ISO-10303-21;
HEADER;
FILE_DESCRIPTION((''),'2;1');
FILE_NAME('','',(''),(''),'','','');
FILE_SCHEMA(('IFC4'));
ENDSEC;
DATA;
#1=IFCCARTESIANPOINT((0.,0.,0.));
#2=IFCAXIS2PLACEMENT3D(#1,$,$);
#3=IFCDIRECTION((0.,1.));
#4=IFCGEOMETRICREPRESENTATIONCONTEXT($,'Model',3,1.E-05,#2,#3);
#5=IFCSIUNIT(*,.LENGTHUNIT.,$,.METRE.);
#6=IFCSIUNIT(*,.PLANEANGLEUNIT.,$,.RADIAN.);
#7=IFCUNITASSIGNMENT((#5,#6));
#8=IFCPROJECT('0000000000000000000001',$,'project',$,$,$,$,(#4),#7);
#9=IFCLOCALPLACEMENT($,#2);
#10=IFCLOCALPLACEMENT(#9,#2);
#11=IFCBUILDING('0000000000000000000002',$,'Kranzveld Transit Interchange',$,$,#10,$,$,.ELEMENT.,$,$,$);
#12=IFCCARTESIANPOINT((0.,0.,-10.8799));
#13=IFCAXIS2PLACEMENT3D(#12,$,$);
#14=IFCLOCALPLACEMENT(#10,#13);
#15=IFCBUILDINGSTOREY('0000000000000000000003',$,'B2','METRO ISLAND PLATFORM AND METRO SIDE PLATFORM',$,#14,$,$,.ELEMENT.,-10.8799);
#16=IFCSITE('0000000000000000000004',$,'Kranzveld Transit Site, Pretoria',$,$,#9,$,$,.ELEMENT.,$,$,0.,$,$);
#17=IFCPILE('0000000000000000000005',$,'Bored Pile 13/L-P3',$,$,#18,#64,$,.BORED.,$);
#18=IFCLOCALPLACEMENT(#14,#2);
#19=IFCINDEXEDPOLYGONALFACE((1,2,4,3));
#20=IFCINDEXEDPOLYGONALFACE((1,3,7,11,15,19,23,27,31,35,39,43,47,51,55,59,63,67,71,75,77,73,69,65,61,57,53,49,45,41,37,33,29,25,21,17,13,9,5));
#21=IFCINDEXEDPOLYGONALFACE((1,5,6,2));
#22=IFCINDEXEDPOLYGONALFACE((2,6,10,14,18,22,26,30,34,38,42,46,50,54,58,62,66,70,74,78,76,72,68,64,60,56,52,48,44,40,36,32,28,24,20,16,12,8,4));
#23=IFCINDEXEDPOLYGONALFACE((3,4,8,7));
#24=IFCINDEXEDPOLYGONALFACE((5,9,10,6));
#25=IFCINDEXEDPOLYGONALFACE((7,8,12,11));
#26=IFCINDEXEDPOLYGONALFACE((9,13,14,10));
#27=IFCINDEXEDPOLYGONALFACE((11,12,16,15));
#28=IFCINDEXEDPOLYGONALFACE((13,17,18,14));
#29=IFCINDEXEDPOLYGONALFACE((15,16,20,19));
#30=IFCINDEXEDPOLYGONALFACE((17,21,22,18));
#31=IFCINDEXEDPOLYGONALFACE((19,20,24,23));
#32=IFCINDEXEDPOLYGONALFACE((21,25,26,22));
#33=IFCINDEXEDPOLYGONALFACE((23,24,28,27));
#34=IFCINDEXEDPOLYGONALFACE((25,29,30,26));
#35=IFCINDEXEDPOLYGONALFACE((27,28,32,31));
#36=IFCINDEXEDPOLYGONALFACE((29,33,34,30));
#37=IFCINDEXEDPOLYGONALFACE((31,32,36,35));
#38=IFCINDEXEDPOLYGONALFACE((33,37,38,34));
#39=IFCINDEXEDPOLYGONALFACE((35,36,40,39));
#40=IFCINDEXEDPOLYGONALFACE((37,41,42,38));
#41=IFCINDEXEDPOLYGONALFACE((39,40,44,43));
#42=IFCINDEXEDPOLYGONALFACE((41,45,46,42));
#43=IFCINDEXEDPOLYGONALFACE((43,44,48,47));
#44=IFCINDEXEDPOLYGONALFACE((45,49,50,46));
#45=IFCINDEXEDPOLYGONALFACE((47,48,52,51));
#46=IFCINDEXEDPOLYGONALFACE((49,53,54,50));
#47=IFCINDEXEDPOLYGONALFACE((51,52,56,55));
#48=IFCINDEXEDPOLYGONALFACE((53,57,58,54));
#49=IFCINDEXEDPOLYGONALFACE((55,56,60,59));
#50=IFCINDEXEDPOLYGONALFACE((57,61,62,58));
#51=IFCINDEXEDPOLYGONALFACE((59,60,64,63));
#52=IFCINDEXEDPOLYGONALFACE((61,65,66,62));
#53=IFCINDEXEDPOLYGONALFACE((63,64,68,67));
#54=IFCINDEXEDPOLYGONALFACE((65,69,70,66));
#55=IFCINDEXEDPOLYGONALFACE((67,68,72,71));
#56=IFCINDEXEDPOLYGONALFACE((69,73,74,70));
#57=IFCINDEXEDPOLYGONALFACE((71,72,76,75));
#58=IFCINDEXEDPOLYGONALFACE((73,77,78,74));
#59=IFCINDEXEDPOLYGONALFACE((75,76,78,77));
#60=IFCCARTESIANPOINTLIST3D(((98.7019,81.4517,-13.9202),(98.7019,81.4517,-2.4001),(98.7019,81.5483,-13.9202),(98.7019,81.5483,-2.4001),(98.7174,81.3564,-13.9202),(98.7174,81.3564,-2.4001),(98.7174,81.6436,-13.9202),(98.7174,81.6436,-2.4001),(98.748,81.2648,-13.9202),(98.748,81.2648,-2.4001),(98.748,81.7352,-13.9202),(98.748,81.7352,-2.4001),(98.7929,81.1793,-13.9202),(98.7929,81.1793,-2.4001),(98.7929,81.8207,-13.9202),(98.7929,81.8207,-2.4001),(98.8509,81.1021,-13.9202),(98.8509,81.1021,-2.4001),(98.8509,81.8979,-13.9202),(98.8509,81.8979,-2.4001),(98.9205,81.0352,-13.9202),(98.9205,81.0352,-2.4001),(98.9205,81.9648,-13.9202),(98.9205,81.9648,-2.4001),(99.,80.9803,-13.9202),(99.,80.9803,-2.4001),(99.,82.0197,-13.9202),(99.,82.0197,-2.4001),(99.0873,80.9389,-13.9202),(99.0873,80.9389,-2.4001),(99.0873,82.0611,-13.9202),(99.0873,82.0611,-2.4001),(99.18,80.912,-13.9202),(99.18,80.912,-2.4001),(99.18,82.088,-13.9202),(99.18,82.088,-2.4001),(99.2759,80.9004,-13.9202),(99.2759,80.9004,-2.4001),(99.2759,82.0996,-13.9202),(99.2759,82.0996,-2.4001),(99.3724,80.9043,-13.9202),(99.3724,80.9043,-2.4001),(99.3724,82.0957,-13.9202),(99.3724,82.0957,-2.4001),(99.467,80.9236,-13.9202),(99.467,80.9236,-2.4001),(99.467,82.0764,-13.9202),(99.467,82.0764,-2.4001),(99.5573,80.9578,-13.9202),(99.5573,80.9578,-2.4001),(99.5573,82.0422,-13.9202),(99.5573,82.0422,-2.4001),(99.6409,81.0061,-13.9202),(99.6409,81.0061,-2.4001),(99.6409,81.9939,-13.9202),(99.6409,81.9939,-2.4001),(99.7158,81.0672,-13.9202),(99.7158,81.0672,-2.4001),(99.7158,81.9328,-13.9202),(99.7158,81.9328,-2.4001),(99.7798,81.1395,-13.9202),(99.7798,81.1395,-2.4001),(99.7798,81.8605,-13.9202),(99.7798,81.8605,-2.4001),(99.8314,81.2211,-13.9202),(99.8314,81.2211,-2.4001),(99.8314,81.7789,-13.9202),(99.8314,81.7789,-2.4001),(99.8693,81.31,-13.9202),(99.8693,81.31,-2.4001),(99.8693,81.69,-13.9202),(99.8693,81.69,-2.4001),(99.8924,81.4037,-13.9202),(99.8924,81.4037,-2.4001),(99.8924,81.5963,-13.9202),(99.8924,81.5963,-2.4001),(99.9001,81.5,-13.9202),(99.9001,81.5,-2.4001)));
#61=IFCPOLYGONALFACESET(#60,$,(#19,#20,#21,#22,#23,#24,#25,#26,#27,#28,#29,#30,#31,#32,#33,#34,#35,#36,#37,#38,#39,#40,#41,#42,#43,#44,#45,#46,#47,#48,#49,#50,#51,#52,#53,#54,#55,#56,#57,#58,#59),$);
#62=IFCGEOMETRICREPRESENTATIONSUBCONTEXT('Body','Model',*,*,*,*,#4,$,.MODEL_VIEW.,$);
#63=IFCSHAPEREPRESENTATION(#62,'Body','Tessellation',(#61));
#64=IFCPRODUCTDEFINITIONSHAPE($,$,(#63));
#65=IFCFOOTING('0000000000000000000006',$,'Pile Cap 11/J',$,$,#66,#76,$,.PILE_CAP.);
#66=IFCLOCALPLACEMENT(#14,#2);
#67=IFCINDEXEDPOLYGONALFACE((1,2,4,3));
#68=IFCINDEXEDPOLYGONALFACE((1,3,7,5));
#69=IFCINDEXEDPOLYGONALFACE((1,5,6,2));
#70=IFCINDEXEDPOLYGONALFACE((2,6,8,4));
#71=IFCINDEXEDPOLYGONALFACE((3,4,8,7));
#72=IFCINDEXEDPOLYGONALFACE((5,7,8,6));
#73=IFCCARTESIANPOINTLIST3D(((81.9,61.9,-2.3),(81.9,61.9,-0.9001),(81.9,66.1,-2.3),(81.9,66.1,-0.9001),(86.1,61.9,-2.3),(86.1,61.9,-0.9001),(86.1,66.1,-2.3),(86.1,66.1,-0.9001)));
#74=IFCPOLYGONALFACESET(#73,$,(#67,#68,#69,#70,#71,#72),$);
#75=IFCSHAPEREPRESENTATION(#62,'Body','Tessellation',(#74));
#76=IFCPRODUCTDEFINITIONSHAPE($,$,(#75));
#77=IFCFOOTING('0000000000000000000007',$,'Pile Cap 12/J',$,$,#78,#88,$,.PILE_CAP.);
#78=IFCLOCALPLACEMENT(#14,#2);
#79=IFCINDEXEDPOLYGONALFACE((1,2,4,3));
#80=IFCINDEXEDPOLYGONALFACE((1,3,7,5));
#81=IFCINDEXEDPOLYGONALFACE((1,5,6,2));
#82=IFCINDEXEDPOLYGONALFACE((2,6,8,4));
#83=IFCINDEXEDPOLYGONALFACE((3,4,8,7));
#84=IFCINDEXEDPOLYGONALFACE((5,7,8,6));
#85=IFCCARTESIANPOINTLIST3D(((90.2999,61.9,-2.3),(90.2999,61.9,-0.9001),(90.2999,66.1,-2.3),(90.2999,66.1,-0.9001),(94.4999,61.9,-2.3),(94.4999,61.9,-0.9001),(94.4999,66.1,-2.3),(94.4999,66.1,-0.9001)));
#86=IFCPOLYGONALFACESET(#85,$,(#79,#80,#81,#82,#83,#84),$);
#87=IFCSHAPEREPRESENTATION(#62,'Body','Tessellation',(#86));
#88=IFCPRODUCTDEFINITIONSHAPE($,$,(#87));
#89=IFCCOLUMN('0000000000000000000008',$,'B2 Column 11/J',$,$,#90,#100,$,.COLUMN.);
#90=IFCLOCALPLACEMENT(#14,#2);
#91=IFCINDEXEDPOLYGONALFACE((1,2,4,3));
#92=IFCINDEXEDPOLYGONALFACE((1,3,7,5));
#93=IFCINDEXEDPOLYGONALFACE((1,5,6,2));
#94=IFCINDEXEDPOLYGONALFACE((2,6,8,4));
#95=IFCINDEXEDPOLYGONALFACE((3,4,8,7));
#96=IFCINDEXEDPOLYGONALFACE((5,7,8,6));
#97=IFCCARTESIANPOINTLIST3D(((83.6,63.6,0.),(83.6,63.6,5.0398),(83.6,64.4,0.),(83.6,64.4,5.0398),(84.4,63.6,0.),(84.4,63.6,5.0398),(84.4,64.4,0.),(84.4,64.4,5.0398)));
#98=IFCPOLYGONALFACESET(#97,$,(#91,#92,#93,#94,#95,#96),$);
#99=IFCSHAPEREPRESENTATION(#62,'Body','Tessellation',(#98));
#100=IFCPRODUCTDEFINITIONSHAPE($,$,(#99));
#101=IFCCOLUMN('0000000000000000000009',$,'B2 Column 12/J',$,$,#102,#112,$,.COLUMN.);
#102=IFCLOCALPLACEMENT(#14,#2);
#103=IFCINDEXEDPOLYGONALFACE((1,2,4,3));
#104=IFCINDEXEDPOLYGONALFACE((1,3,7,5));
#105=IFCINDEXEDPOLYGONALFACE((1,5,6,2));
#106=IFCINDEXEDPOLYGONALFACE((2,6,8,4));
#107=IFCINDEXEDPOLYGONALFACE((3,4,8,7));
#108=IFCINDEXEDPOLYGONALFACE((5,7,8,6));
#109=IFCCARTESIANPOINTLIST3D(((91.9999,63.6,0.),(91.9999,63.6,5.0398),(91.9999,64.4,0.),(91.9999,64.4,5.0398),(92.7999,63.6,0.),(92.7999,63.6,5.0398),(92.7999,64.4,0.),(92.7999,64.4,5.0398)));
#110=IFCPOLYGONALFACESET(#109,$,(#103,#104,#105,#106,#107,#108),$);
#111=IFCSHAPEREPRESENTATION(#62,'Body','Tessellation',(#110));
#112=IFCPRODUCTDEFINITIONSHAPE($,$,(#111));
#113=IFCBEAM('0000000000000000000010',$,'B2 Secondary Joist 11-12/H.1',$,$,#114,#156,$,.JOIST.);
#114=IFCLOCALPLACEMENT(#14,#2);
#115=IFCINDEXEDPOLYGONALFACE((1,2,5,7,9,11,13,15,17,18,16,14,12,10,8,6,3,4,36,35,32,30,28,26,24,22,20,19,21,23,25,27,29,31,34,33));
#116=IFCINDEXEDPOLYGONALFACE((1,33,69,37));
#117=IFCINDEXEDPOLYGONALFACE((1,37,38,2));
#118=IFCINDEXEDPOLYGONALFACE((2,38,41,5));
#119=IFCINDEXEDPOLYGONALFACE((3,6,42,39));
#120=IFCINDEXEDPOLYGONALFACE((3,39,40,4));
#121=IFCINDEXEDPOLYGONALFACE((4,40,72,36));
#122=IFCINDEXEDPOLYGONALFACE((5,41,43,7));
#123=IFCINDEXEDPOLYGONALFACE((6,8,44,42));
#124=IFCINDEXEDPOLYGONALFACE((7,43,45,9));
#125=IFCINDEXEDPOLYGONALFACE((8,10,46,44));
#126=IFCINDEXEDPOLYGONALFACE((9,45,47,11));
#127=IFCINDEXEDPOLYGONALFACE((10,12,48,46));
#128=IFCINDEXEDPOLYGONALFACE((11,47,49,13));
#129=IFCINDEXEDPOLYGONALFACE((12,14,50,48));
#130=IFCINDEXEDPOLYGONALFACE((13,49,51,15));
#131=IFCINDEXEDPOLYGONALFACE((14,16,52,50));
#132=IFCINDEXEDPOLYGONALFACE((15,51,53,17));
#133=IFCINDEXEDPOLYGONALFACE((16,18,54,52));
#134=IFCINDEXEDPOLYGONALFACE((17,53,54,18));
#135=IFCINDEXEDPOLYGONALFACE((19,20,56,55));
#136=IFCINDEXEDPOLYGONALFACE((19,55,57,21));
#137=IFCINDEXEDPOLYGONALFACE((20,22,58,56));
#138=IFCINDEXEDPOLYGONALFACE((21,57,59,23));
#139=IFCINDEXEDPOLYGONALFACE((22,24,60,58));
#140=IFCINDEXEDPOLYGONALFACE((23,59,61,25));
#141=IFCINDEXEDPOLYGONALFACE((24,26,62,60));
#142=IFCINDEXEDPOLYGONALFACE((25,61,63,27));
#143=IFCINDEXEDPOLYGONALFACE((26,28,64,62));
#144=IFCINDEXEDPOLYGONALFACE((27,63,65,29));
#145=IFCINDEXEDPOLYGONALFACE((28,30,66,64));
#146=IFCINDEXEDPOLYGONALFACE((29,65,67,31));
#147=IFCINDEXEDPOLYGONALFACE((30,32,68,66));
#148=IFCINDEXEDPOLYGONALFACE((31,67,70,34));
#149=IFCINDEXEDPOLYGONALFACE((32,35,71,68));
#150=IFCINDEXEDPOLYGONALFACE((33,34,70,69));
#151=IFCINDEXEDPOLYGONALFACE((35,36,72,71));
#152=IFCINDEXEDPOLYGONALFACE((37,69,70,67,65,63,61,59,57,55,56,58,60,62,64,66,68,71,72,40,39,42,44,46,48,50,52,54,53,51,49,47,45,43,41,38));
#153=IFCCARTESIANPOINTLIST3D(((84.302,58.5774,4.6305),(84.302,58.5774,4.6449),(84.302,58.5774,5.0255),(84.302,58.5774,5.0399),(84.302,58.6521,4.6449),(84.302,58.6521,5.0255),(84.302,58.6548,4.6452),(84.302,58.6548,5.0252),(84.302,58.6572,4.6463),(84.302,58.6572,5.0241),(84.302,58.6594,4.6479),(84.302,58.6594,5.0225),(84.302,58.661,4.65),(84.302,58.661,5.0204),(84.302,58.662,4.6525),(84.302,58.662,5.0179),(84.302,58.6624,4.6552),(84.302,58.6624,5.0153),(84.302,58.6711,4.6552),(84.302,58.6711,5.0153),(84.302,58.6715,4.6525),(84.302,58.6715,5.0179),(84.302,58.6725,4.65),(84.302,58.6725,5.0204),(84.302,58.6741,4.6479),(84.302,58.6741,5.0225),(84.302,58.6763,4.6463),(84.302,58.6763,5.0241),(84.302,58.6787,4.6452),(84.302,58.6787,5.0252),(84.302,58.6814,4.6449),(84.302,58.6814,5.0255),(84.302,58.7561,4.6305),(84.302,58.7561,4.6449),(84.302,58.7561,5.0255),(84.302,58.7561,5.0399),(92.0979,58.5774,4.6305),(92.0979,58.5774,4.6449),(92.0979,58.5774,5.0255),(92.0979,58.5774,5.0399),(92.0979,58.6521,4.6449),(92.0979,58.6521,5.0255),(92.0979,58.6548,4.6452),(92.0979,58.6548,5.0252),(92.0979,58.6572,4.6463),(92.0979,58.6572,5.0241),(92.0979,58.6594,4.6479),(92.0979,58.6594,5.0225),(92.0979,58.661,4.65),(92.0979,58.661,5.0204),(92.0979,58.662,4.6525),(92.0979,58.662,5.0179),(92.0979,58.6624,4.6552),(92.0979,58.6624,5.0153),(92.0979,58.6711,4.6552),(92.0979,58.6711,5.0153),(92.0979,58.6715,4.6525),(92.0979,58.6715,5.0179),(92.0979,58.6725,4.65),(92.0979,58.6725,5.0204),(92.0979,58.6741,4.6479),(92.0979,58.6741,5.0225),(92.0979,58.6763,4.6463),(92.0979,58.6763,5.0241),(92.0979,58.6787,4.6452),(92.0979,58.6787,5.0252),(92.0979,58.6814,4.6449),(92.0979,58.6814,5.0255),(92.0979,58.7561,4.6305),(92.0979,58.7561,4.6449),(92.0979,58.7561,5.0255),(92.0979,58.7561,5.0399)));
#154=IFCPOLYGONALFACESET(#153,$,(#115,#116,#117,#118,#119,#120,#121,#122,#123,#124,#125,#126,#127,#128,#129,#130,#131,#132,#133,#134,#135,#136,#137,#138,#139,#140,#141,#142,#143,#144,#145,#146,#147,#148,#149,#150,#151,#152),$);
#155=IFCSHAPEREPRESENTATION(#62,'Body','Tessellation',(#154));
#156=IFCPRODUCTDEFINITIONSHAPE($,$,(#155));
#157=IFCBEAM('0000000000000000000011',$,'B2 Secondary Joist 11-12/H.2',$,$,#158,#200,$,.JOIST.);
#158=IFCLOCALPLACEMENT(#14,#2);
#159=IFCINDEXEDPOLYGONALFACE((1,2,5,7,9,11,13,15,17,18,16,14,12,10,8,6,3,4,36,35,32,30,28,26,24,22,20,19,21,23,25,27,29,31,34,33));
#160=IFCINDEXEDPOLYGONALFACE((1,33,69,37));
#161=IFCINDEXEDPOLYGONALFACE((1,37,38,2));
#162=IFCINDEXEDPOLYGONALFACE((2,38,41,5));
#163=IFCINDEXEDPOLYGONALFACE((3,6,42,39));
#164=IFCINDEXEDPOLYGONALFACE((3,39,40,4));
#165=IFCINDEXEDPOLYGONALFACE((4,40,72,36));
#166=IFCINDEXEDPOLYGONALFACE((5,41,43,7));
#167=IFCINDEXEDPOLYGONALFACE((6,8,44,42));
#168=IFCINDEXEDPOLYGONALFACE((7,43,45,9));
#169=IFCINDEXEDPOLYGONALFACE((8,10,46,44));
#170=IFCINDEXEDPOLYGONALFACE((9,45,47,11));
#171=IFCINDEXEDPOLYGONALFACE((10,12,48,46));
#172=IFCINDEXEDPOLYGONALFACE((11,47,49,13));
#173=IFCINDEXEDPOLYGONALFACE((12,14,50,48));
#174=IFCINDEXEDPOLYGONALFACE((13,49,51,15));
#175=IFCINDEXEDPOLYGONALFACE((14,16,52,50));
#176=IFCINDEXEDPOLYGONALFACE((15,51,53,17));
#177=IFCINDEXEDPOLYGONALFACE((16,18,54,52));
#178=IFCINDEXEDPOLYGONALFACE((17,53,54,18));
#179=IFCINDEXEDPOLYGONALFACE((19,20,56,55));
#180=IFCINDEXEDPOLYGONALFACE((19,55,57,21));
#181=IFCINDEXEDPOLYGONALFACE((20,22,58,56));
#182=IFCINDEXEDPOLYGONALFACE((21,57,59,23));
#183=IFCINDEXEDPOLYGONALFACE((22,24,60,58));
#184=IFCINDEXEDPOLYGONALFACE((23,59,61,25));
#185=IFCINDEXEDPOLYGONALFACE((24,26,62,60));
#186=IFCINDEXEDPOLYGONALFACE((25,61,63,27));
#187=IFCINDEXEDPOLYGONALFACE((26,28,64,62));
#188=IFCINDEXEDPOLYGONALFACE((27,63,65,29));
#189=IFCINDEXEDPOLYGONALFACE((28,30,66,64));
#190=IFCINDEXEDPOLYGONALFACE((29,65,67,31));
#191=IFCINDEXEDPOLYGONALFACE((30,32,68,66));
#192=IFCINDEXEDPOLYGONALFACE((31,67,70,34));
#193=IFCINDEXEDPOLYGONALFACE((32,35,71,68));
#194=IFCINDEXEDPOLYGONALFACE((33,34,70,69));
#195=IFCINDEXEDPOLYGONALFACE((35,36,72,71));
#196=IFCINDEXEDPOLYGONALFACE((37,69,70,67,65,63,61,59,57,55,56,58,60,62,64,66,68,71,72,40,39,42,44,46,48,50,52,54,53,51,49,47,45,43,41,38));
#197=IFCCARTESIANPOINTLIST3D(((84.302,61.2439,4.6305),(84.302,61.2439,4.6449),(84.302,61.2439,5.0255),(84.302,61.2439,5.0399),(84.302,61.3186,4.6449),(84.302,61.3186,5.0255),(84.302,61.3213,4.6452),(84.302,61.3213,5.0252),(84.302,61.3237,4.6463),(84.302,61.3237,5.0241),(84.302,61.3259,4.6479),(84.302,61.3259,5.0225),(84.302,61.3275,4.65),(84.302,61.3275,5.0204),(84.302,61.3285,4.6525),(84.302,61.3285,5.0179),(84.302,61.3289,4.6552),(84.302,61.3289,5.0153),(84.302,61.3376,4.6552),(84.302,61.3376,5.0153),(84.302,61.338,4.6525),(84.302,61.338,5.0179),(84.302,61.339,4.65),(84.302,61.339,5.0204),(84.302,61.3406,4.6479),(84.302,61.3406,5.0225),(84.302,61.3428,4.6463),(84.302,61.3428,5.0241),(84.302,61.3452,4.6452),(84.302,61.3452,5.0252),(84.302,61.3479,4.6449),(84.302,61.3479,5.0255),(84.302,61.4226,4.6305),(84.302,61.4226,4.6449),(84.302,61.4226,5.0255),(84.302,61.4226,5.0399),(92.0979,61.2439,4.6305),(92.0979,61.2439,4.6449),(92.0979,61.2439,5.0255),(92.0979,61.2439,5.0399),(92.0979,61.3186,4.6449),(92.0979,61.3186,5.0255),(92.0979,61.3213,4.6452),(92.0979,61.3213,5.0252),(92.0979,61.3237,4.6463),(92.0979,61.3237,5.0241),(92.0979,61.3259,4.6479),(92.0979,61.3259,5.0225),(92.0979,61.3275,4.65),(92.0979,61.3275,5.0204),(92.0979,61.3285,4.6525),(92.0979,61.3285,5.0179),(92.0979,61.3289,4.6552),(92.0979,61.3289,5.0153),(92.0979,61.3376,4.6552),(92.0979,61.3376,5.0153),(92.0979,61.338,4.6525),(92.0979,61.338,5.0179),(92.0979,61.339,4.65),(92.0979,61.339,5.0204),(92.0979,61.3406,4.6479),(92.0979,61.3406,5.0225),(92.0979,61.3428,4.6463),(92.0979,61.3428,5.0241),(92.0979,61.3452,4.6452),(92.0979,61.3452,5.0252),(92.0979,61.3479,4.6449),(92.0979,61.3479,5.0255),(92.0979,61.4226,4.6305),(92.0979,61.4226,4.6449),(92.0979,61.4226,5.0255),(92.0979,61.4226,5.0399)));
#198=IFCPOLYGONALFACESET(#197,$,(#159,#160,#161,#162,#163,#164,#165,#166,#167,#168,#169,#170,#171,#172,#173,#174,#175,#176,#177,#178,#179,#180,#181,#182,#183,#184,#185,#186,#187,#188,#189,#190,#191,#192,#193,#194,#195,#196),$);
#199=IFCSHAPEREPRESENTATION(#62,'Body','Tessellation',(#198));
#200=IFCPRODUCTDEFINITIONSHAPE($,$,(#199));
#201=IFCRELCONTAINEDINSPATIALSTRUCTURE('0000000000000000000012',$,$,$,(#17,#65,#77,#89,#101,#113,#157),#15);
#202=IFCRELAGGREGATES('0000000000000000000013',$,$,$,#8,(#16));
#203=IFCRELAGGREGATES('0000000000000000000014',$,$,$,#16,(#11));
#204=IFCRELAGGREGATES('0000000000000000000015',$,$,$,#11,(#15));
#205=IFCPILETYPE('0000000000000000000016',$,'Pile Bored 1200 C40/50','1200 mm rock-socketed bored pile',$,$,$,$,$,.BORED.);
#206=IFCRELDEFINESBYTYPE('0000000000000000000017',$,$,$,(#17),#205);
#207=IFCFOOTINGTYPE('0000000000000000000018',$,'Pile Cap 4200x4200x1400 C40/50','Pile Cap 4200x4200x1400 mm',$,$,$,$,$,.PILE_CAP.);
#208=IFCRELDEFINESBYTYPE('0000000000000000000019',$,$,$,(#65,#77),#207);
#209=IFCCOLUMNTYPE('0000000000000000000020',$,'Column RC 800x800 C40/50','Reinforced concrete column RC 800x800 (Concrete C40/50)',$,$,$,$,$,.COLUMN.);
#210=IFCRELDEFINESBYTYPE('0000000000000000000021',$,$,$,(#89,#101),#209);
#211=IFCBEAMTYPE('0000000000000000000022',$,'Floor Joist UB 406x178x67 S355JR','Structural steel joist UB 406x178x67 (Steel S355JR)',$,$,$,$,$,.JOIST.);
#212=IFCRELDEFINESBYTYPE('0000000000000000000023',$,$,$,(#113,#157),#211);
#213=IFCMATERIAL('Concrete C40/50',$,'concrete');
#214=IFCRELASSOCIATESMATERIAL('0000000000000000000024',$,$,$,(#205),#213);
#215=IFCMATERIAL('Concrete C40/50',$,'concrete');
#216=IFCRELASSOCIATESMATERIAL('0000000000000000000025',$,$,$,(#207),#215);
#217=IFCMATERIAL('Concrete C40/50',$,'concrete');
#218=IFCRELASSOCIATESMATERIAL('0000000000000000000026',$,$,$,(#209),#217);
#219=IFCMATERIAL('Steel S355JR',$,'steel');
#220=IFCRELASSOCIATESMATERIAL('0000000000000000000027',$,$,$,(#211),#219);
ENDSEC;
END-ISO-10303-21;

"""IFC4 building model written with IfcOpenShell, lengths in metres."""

from ifc_helpers import new_model, si_unit, direction, frame, origin, origin_2d, place, context, subcontext, project, spatial, rectangle, circle, i_section, extrude, material, material_profile, profile_set, type_object, element, save


model = new_model("IFC4")

# Units and contexts
model_context = context("Model", 3, precision=1e-05, world=origin(), true_north=direction((0.0, 1.0)))
body_context = subcontext(model_context, "Body", "Model", "MODEL_VIEW")
ifc_project = project(units=[si_unit("LENGTHUNIT", "METRE"), si_unit("PLANEANGLEUNIT", "RADIAN")], contexts=[model_context])

# Site, building, storey
site_placement = place(None, origin())
site = spatial("IfcSite", under=ifc_project, at=site_placement, Name="Kranzveld Transit Site, Pretoria", CompositionType="ELEMENT", RefElevation=0.0)
building_placement = place(site_placement, origin())
building = spatial("IfcBuilding", under=site, at=building_placement, Name="Kranzveld Transit Interchange", CompositionType="ELEMENT")
storey_placement = place(building_placement, frame((0.0, 0.0, -10.8799)))
storey = spatial("IfcBuildingStorey", under=building, at=storey_placement, Name="B2", Description="METRO ISLAND PLATFORM AND METRO SIDE PLATFORM", CompositionType="ELEMENT", Elevation=-10.8799)

# Pile
ifc_material_1 = material(Name="Concrete C40/50", Category="concrete")
ifc_material_profile_1 = material_profile(ifc_material_1, circle(Radius=0.6001, at=origin_2d()), Name="BORED PILE 1200")
ifc_profile_set_1 = profile_set([ifc_material_profile_1], Name="Concrete C40/50")
pile_type_1 = type_object("IfcPileType", Name="Pile Bored 1200 C40/50", Description="1200 mm rock-socketed bored pile", PredefinedType="BORED", material=ifc_profile_set_1)
for number, where, z_axis, x_axis, name in (
    (1, (99.3, 81.5, -2.4001), (0.0, 0.0, -1.0), (1.0, 0.0, 0.0), "Bored Pile 13/L-P3"),
):
    element("IfcPile", number, at=place(storey_placement, frame(where, z_axis=z_axis, x_axis=x_axis)), inside=storey, type_object=pile_type_1, Name=name, PredefinedType="BORED", context=body_context, shape_type="SweptSolid", body=[
        extrude(circle(Radius=0.6001, at=origin_2d()), origin(), (0.0, 0.0, 1.0), 11.52),
    ])

# Footings
ifc_material_2 = material(Name="Concrete C40/50", Category="concrete")
footing_type = type_object("IfcFootingType", Name="Pile Cap 4200x4200x1400 C40/50", Description="Pile Cap 4200x4200x1400 mm", PredefinedType="PILE_CAP", material=ifc_material_2)
for number, where, z_axis, x_axis, name in (
    (2, (84.0, 64.0, -2.3), (0.0, 0.0, 1.0), (1.0, 0.0, 0.0), "Pile Cap 11/J"),
    (3, (92.3999, 64.0, -2.3), (0.0, 0.0, 1.0), (1.0, 0.0, 0.0), "Pile Cap 12/J"),
):
    element("IfcFooting", number, at=place(storey_placement, frame(where, z_axis=z_axis, x_axis=x_axis)), inside=storey, type_object=footing_type, Name=name, PredefinedType="PILE_CAP", context=body_context, shape_type="SweptSolid", body=[
        extrude(rectangle(XDim=4.2, YDim=4.2, at=origin_2d()), origin(), (0.0, 0.0, 1.0), 1.3999),
    ])

# Columns
ifc_material_3 = material(Name="Concrete C40/50", Category="concrete")
ifc_material_profile_2 = material_profile(ifc_material_3, rectangle(XDim=0.8, YDim=0.8, at=origin_2d()), Name="RC 800x800")
ifc_profile_set_2 = profile_set([ifc_material_profile_2], Name="Concrete C40/50")
column_type = type_object("IfcColumnType", Name="Column RC 800x800 C40/50", Description="Reinforced concrete column RC 800x800 (Concrete C40/50)", PredefinedType="COLUMN", material=ifc_profile_set_2)
for number, where, z_axis, x_axis, name in (
    (4, (84.0, 64.0, 0.0), (0.0, 0.0, 1.0), (1.0, 0.0, 0.0), "B2 Column 11/J"),
    (5, (92.3999, 64.0, 0.0), (0.0, 0.0, 1.0), (1.0, 0.0, 0.0), "B2 Column 12/J"),
):
    element("IfcColumn", number, at=place(storey_placement, frame(where, z_axis=z_axis, x_axis=x_axis)), inside=storey, type_object=column_type, Name=name, PredefinedType="COLUMN", context=body_context, shape_type="SweptSolid", body=[
        extrude(rectangle(XDim=0.8, YDim=0.8, at=origin_2d()), origin(), (0.0, 0.0, 1.0), 5.0398),
    ])

# Beams
ifc_material_4 = material(Name="Steel S355JR", Category="steel")
ifc_material_profile_3 = material_profile(ifc_material_4, i_section(OverallWidth=0.1787, OverallDepth=0.4094, WebThickness=0.0088, FlangeThickness=0.0144, FilletRadius=0.0103, at=origin_2d()), Name="UB 406x178x67")
ifc_profile_set_3 = profile_set([ifc_material_profile_3], Name="Steel S355JR")
beam_type = type_object("IfcBeamType", Name="Floor Joist UB 406x178x67 S355JR", Description="Structural steel joist UB 406x178x67 (Steel S355JR)", PredefinedType="JOIST", material=ifc_profile_set_3)
for number, where, z_axis, x_axis, name in (
    (6, (84.302, 58.6667, 4.8352), (1.0, 0.0, 0.0), (0.0, 1.0, 0.0), "B2 Secondary Joist 11-12/H.1"),
    (7, (84.302, 61.3333, 4.8352), (1.0, 0.0, 0.0), (0.0, 1.0, 0.0), "B2 Secondary Joist 11-12/H.2"),
):
    element("IfcBeam", number, at=place(storey_placement, frame(where, z_axis=z_axis, x_axis=x_axis)), inside=storey, type_object=beam_type, Name=name, PredefinedType="JOIST", context=body_context, shape_type="SweptSolid", body=[
        extrude(i_section(OverallWidth=0.1787, OverallDepth=0.4094, WebThickness=0.0088, FlangeThickness=0.0144, FilletRadius=0.0103, at=origin_2d()), origin(), (0.0, 0.0, 1.0), 7.7959),
    ])

save(model, "model.ifc")
